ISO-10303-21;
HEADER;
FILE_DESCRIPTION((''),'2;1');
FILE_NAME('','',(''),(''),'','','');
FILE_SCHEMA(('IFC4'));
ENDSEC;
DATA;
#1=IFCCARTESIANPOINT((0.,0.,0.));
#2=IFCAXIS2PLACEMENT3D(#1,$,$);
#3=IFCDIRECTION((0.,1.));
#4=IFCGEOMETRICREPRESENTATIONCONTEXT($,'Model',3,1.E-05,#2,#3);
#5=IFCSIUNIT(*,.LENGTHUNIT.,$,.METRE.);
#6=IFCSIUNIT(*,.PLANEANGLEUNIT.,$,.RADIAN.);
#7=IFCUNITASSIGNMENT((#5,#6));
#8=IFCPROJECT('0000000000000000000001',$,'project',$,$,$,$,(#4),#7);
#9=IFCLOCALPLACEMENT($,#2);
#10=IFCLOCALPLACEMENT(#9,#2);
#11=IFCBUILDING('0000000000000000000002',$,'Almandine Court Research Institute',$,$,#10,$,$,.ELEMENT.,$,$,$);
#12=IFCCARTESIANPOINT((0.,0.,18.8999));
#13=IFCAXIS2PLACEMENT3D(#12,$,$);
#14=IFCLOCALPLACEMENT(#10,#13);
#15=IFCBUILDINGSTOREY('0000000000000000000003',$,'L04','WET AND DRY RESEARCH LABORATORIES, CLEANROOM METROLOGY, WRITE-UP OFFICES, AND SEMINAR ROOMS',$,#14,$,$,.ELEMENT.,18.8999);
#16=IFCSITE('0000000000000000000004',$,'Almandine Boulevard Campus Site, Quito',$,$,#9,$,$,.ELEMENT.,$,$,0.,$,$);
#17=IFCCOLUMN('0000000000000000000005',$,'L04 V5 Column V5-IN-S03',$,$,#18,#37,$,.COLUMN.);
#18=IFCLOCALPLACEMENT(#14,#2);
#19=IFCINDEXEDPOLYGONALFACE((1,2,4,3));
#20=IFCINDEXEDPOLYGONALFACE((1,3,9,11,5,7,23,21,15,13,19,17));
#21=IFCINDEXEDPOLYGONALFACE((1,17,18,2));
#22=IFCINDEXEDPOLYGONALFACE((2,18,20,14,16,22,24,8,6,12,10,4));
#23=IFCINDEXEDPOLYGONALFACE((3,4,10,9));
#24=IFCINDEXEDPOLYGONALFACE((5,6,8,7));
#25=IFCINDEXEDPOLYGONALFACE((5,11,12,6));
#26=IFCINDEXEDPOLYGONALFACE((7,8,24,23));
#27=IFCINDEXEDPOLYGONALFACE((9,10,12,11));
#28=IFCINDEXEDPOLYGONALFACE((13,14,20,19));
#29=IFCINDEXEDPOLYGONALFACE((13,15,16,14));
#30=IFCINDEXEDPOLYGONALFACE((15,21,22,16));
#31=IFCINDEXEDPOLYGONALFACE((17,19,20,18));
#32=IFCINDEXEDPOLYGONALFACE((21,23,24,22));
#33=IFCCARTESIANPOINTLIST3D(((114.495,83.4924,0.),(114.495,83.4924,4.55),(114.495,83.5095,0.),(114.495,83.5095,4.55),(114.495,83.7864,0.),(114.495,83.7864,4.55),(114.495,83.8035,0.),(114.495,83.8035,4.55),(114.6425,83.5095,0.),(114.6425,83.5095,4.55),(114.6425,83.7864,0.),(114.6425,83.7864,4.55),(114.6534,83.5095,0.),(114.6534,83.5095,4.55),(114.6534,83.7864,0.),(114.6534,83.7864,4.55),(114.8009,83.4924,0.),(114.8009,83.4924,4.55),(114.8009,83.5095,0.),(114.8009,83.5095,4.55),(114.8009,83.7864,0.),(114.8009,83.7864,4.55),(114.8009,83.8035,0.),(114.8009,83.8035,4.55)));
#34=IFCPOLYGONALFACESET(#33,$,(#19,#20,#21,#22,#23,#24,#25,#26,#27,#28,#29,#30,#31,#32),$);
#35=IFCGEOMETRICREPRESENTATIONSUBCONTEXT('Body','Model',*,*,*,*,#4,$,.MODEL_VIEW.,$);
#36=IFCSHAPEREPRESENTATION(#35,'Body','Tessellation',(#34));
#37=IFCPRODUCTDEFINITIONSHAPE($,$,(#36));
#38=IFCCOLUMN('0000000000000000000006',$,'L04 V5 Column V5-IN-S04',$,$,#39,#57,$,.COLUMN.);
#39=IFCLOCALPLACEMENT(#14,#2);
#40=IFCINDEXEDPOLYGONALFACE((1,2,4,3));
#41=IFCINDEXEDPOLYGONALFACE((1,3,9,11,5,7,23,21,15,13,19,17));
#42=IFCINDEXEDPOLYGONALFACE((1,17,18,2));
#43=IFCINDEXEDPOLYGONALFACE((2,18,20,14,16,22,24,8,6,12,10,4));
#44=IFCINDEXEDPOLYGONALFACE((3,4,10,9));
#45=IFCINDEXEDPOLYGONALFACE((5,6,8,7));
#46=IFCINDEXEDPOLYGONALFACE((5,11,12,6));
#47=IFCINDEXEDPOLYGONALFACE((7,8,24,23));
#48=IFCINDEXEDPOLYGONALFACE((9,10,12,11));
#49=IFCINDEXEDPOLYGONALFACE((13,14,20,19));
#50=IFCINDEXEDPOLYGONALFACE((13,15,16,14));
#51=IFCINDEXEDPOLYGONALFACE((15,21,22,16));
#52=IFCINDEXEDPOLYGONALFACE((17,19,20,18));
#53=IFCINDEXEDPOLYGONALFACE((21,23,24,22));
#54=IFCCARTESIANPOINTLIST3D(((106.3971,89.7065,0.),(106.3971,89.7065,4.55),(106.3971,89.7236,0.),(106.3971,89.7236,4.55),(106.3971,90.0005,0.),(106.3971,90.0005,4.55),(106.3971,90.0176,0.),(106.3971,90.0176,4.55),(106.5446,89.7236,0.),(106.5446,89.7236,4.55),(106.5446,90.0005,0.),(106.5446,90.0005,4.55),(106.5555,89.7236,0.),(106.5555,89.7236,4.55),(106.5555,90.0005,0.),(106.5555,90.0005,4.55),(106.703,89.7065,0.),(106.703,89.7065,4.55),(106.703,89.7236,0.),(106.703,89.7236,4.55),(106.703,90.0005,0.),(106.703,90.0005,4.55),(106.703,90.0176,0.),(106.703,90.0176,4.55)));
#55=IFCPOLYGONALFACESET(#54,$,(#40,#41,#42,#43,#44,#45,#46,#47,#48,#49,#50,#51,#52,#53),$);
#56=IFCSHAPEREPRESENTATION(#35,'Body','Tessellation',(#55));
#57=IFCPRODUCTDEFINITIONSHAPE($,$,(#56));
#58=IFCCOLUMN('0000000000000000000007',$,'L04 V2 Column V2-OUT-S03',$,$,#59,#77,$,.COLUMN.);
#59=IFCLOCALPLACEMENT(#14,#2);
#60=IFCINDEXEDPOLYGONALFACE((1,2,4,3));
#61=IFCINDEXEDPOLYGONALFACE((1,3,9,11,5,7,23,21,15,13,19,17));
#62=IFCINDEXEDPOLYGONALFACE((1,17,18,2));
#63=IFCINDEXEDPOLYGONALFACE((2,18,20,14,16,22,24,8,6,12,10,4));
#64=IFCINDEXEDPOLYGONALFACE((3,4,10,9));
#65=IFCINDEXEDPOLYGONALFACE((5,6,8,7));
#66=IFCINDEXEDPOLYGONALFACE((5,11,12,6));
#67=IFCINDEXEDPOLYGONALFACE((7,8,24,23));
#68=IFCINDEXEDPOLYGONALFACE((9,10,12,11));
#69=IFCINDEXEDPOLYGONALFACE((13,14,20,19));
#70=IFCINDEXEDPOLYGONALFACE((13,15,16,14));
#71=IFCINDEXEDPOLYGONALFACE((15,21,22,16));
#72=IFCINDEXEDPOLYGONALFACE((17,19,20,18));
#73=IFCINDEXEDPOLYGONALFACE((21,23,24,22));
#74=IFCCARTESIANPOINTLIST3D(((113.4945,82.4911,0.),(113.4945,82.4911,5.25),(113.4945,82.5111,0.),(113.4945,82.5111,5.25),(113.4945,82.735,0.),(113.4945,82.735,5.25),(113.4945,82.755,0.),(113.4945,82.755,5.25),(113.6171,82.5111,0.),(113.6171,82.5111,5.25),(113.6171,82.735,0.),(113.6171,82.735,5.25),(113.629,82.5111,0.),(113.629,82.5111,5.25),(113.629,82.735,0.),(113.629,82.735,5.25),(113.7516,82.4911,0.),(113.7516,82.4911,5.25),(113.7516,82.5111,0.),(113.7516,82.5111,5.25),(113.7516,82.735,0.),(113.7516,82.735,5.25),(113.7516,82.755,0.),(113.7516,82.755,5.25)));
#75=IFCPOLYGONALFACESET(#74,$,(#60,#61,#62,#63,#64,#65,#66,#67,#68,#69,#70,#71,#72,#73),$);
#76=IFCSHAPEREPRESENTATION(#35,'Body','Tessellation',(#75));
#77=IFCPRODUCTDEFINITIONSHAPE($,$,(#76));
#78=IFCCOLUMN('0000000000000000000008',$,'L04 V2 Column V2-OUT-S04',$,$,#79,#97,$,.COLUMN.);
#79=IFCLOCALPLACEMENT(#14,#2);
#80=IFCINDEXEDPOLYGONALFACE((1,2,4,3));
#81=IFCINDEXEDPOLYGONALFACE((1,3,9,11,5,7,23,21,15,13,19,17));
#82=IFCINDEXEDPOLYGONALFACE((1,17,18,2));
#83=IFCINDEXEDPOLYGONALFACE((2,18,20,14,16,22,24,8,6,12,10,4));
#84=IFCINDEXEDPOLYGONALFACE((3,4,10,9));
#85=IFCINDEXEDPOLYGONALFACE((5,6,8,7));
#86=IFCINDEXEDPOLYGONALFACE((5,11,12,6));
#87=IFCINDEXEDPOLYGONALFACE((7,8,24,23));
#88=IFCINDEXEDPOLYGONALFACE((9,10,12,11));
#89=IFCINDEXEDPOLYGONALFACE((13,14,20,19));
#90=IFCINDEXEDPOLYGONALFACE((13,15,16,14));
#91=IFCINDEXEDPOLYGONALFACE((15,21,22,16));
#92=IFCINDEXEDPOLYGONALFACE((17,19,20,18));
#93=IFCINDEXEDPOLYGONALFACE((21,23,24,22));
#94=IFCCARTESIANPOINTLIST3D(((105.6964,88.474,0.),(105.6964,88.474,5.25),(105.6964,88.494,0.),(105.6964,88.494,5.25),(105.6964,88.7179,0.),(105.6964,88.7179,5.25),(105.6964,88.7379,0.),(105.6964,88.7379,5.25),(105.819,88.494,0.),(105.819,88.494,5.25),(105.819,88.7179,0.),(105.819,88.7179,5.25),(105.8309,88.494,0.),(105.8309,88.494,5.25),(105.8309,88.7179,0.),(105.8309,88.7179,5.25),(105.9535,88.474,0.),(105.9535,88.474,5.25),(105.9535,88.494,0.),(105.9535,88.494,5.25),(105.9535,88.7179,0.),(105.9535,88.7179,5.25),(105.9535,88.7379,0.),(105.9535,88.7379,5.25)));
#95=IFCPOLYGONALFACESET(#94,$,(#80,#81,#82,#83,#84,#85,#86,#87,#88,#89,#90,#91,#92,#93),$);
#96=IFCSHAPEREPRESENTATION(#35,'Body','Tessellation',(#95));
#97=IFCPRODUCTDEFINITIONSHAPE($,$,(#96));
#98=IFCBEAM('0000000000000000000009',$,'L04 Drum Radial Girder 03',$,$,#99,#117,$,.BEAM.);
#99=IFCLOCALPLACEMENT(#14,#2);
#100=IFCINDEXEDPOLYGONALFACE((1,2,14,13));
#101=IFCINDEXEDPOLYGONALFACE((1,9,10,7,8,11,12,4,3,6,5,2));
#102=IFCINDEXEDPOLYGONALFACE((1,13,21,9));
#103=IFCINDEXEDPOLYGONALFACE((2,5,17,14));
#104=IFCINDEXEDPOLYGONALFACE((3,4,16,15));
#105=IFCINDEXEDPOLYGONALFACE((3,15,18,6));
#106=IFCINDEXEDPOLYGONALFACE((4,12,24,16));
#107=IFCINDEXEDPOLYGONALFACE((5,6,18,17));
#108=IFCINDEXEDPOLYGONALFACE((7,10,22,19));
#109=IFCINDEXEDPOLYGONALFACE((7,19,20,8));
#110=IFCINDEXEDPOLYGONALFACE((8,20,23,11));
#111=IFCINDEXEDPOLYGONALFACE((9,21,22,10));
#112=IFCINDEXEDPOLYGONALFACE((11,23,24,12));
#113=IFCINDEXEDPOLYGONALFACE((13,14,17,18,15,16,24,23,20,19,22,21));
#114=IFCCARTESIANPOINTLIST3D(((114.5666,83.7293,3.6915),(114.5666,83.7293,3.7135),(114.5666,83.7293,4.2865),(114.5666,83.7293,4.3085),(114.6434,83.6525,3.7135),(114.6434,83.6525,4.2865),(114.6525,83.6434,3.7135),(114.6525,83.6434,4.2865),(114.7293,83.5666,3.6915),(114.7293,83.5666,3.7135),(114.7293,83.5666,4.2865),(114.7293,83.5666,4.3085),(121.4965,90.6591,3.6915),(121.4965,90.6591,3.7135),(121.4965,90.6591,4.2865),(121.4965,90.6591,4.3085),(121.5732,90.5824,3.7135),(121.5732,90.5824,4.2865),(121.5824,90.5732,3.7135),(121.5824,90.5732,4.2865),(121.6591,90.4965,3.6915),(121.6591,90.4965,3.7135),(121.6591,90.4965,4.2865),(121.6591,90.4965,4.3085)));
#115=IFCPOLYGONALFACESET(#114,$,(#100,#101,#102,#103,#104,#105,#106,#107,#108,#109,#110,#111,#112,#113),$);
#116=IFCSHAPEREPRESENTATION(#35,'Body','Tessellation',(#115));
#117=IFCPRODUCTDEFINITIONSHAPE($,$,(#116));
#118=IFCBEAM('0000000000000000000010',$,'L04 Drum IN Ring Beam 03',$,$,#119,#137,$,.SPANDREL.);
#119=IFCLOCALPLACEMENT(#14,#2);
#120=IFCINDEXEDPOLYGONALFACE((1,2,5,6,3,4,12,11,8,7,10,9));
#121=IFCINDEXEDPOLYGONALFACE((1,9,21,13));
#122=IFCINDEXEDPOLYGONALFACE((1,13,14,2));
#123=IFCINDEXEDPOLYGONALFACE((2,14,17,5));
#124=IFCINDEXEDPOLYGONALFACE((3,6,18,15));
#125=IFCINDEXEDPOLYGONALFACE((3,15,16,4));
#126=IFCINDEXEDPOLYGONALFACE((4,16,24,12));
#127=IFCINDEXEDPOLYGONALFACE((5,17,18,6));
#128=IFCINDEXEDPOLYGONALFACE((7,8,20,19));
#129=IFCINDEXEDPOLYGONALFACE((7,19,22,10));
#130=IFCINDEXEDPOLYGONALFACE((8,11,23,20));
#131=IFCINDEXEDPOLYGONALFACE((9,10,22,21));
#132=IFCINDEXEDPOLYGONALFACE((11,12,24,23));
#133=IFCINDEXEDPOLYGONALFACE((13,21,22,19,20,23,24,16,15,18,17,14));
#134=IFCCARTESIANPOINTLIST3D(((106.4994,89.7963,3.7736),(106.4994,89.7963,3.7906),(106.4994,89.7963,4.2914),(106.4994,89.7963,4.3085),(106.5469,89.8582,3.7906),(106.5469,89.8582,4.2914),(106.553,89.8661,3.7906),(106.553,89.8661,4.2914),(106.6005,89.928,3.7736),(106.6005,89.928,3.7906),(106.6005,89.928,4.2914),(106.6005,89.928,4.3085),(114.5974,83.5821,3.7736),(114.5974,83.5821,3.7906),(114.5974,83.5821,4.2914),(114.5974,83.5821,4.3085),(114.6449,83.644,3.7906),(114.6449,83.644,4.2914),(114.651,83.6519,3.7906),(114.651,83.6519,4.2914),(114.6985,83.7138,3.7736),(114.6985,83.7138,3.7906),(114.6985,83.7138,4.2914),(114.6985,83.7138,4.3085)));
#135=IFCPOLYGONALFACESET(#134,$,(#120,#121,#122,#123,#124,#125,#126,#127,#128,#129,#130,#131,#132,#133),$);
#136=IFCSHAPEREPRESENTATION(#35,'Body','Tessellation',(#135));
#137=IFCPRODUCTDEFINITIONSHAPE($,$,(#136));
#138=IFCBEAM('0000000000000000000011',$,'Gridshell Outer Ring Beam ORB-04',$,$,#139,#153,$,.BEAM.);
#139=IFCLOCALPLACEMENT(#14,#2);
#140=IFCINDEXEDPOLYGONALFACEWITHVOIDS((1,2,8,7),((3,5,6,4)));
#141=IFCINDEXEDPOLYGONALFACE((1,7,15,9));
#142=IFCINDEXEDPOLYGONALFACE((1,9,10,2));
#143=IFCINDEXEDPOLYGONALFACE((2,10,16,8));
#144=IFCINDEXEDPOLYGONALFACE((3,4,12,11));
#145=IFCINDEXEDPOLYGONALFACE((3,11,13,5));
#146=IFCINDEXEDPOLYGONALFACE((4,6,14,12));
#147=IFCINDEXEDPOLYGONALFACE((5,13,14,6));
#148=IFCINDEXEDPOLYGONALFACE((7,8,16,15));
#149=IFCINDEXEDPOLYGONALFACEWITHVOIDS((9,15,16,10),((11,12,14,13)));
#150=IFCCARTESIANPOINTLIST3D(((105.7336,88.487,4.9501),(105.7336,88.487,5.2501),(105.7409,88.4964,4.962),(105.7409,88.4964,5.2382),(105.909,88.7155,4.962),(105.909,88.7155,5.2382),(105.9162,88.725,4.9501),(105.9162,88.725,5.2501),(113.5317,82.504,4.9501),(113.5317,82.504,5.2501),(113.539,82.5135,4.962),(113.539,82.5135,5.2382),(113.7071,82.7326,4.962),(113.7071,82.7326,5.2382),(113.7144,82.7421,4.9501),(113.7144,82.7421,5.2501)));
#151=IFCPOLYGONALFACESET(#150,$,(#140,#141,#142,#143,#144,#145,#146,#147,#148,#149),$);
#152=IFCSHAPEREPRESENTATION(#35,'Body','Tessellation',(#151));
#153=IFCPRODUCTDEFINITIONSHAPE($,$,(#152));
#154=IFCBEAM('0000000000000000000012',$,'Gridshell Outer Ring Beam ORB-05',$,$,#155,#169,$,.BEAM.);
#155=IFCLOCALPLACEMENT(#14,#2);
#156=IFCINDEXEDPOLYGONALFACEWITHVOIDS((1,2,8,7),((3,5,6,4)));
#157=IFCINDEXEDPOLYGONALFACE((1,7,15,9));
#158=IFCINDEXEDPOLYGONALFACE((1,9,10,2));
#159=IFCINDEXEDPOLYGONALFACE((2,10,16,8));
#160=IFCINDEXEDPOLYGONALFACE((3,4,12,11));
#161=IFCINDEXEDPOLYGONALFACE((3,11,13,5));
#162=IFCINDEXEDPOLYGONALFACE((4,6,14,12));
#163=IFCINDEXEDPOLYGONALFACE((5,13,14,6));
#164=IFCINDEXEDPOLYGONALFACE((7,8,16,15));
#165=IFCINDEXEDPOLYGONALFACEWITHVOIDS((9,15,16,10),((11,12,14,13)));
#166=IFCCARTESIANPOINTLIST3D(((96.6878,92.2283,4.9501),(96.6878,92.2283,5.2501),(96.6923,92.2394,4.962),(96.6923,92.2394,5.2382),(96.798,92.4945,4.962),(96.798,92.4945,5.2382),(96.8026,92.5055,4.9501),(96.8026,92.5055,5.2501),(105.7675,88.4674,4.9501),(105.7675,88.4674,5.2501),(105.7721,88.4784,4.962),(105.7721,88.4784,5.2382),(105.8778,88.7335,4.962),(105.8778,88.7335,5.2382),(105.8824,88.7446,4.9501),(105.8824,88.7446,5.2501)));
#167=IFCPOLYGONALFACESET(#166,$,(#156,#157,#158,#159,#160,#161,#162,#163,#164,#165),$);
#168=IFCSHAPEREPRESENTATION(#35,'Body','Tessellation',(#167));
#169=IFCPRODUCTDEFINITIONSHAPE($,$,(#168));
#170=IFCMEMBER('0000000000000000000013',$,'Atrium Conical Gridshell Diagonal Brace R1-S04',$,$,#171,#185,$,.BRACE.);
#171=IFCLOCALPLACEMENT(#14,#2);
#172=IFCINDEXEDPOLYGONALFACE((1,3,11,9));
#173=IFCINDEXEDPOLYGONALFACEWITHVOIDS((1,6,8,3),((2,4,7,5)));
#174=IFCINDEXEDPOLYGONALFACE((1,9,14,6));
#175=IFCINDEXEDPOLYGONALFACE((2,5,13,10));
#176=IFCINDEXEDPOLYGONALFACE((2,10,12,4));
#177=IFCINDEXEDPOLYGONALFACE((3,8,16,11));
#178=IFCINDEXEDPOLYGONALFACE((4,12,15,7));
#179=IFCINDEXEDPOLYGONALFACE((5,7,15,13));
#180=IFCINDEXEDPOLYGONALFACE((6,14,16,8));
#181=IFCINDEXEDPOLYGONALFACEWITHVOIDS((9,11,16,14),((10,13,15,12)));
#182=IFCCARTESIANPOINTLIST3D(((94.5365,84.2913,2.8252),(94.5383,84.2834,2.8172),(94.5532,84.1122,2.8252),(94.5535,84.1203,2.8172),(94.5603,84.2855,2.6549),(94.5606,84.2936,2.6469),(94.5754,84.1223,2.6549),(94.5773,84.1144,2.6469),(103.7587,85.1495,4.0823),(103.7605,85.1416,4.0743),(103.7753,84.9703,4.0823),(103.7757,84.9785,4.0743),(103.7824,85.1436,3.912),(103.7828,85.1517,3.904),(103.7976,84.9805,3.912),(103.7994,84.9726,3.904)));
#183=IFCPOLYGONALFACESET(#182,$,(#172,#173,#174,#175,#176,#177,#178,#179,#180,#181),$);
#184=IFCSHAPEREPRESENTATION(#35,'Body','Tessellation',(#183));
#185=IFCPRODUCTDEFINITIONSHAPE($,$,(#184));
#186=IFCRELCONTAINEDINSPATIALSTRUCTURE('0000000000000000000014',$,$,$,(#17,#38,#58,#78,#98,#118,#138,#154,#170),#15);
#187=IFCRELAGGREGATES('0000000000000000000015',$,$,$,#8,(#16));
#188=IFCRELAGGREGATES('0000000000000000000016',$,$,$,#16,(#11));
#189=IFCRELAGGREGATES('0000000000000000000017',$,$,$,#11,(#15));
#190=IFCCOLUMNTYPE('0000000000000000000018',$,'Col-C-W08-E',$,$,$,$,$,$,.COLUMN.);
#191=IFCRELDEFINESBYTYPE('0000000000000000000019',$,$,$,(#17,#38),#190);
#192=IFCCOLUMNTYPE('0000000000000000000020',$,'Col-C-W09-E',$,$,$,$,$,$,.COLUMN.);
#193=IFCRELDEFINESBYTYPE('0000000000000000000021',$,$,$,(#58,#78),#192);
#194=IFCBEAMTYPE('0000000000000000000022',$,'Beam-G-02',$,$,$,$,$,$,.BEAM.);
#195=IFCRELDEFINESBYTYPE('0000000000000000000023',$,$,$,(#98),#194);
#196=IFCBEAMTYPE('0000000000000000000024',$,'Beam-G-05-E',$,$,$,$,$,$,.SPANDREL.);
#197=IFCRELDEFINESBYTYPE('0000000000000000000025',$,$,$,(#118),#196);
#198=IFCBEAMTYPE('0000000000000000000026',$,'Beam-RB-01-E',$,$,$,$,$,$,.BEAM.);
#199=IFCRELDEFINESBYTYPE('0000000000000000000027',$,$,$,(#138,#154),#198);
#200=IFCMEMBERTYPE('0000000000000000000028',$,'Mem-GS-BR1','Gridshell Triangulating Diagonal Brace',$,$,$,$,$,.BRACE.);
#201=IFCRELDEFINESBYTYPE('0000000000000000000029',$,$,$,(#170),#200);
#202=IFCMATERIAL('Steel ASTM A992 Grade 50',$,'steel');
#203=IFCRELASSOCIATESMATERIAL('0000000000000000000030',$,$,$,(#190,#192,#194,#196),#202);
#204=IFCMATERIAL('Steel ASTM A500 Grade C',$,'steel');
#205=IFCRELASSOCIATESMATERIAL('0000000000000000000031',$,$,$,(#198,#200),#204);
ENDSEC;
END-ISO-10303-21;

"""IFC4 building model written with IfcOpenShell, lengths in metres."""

from ifc_helpers import new_model, si_unit, direction, frame, origin, origin_2d, place, context, subcontext, project, spatial, hollow_rectangle, i_section, extrude, material, material_profile, profile_set, type_object, element, save


model = new_model("IFC4")

# Units and contexts
model_context = context("Model", 3, precision=1e-05, world=origin(), true_north=direction((0.0, 1.0)))
body_context = subcontext(model_context, "Body", "Model", "MODEL_VIEW")
ifc_project = project(units=[si_unit("LENGTHUNIT", "METRE"), si_unit("PLANEANGLEUNIT", "RADIAN")], contexts=[model_context])

# Site, building, storey
site_placement = place(None, origin())
site = spatial("IfcSite", under=ifc_project, at=site_placement, Name="Almandine Boulevard Campus Site, Quito", CompositionType="ELEMENT", RefElevation=0.0)
building_placement = place(site_placement, origin())
building = spatial("IfcBuilding", under=site, at=building_placement, Name="Almandine Court Research Institute", CompositionType="ELEMENT")
storey_placement = place(building_placement, frame((0.0, 0.0, 18.8999)))
storey = spatial("IfcBuildingStorey", under=building, at=storey_placement, Name="L04", Description="WET AND DRY RESEARCH LABORATORIES, CLEANROOM METROLOGY, WRITE-UP OFFICES, AND SEMINAR ROOMS", CompositionType="ELEMENT", Elevation=18.8999)

# Columns
ifc_material_1 = material(Name="Steel ASTM A992 Grade 50", Category="steel")
ifc_material_profile_1 = material_profile(ifc_material_1, i_section(OverallWidth=0.3059, OverallDepth=0.311, WebThickness=0.011, FlangeThickness=0.0171, at=origin_2d()), Name="W310x107")
ifc_profile_set_1 = profile_set([ifc_material_profile_1], Name="Steel ASTM A992 Grade 50")
column_type_1 = type_object("IfcColumnType", Name="Col-C-W08-E", PredefinedType="COLUMN", material=ifc_profile_set_1)
for number, where, z_axis, x_axis, name in (
    (1, (114.6479, 83.6479, 0.0), (0.0, 0.0, 1.0), (1.0, 0.0, 0.0), "L04 V5 Column V5-IN-S03"),
    (2, (106.55, 89.8621, 0.0), (0.0, 0.0, 1.0), (1.0, 0.0, 0.0), "L04 V5 Column V5-IN-S04"),
):
    element("IfcColumn", number, at=place(storey_placement, frame(where, z_axis=z_axis, x_axis=x_axis)), inside=storey, type_object=column_type_1, Name=name, PredefinedType="COLUMN", context=body_context, shape_type="SweptSolid", body=[
        extrude(i_section(OverallWidth=0.3059, OverallDepth=0.311, WebThickness=0.011, FlangeThickness=0.0171, at=origin_2d()), origin(), (0.0, 0.0, 1.0), 4.55),
    ])
ifc_material_profile_2 = material_profile(ifc_material_1, i_section(OverallWidth=0.2571, OverallDepth=0.2639, WebThickness=0.012, FlangeThickness=0.02, at=origin_2d()), Name="W250x101")
ifc_profile_set_2 = profile_set([ifc_material_profile_2], Name="Steel ASTM A992 Grade 50")
column_type_2 = type_object("IfcColumnType", Name="Col-C-W09-E", PredefinedType="COLUMN", material=ifc_profile_set_2)
for number, where, z_axis, x_axis, name in (
    (3, (113.623, 82.623, 0.0), (0.0, 0.0, 1.0), (1.0, 0.0, 0.0), "L04 V2 Column V2-OUT-S03"),
    (4, (105.825, 88.606, 0.0), (0.0, 0.0, 1.0), (1.0, 0.0, 0.0), "L04 V2 Column V2-OUT-S04"),
):
    element("IfcColumn", number, at=place(storey_placement, frame(where, z_axis=z_axis, x_axis=x_axis)), inside=storey, type_object=column_type_2, Name=name, PredefinedType="COLUMN", context=body_context, shape_type="SweptSolid", body=[
        extrude(i_section(OverallWidth=0.2571, OverallDepth=0.2639, WebThickness=0.012, FlangeThickness=0.02, at=origin_2d()), origin(), (0.0, 0.0, 1.0), 5.25),
    ])

# Beams
ifc_material_profile_3 = material_profile(ifc_material_1, i_section(OverallWidth=0.23, OverallDepth=0.6169, WebThickness=0.0129, FlangeThickness=0.022, at=origin_2d()), Name="W610x140")
ifc_profile_set_3 = profile_set([ifc_material_profile_3], Name="Steel ASTM A992 Grade 50")
beam_type_1 = type_object("IfcBeamType", Name="Beam-G-02", PredefinedType="BEAM", material=ifc_profile_set_3)
beam_1_placement = place(storey_placement, frame((114.6479, 83.6479, 4.0), z_axis=(0.707107, 0.707107, 0.0), x_axis=(-0.707107, 0.707107, 0.0)))
element("IfcBeam", 5, at=beam_1_placement, inside=storey, type_object=beam_type_1, Name="L04 Drum Radial Girder 03", PredefinedType="BEAM", context=body_context, shape_type="SweptSolid", body=[
    extrude(i_section(OverallWidth=0.23, OverallDepth=0.6169, WebThickness=0.0129, FlangeThickness=0.022, at=origin_2d()), origin(), (0.0, 0.0, 1.0), 9.8003),
])
ifc_material_profile_4 = material_profile(ifc_material_1, i_section(OverallWidth=0.166, OverallDepth=0.5349, WebThickness=0.01, FlangeThickness=0.0171, at=origin_2d()), Name="W530x85")
ifc_profile_set_4 = profile_set([ifc_material_profile_4], Name="Steel ASTM A992 Grade 50")
beam_type_2 = type_object("IfcBeamType", Name="Beam-G-05-E", PredefinedType="SPANDREL", material=ifc_profile_set_4)
beam_2_placement = place(storey_placement, frame((114.6479, 83.6479, 4.041), z_axis=(-0.793336, 0.608784, 0.0), x_axis=(-0.608784, -0.793336, 0.0)))
element("IfcBeam", 6, at=beam_2_placement, inside=storey, type_object=beam_type_2, Name="L04 Drum IN Ring Beam 03", PredefinedType="SPANDREL", context=body_context, shape_type="SweptSolid", body=[
    extrude(i_section(OverallWidth=0.166, OverallDepth=0.5349, WebThickness=0.01, FlangeThickness=0.0171, at=origin_2d()), origin(), (0.0, 0.0, 1.0), 10.2075),
])
ifc_material_2 = material(Name="Steel ASTM A500 Grade C", Category="steel")
ifc_material_profile_5 = material_profile(ifc_material_2, hollow_rectangle(XDim=0.3, YDim=0.3, WallThickness=0.012, at=origin_2d()), Name="HSS 300x300x12")
ifc_profile_set_5 = profile_set([ifc_material_profile_5], Name="Steel ASTM A500 Grade C")
beam_type_3 = type_object("IfcBeamType", Name="Beam-RB-01-E", PredefinedType="BEAM", material=ifc_profile_set_5)
beam_3_placement = place(storey_placement, frame((113.623, 82.623, 5.1001), z_axis=(-0.793392, 0.608712, 0.0), x_axis=(-0.608712, -0.793392, 0.0)))
element("IfcBeam", 7, at=beam_3_placement, inside=storey, type_object=beam_type_3, Name="Gridshell Outer Ring Beam ORB-04", PredefinedType="BEAM", context=body_context, shape_type="SweptSolid", body=[
    extrude(hollow_rectangle(XDim=0.3, YDim=0.3, WallThickness=0.012, at=origin_2d()), origin(), (0.0, 0.0, 1.0), 9.8289),
])
beam_4_placement = place(storey_placement, frame((105.825, 88.606, 5.1001), z_axis=(-0.92388, 0.382683, 0.0), x_axis=(-0.382683, -0.92388, 0.0)))
element("IfcBeam", 8, at=beam_4_placement, inside=storey, type_object=beam_type_3, Name="Gridshell Outer Ring Beam ORB-05", PredefinedType="BEAM", context=body_context, shape_type="SweptSolid", body=[
    extrude(hollow_rectangle(XDim=0.3, YDim=0.3, WallThickness=0.012, at=origin_2d()), origin(), (0.0, 0.0, 1.0), 9.8279),
])

# Member
ifc_material_profile_6 = material_profile(ifc_material_2, hollow_rectangle(XDim=0.1799, YDim=0.1799, WallThickness=0.0081, at=origin_2d()), Name="HSS 180x180x8")
ifc_profile_set_6 = profile_set([ifc_material_profile_6], Name="Steel ASTM A500 Grade C")
member_type_1 = type_object("IfcMemberType", Name="Mem-GS-BR1", Description="Gridshell Triangulating Diagonal Brace", PredefinedType="BRACE", material=ifc_profile_set_6)
member_1_placement = place(storey_placement, frame((103.7791, 85.061, 3.9932), z_axis=(-0.986652, -0.091811, -0.134491), x_axis=(0.092653, -0.995698, 0.0)))
element("IfcMember", 9, at=member_1_placement, inside=storey, type_object=member_type_1, Name="Atrium Conical Gridshell Diagonal Brace R1-S04", PredefinedType="BRACE", context=body_context, shape_type="SweptSolid", body=[
    extrude(hollow_rectangle(XDim=0.1799, YDim=0.1799, WallThickness=0.0081, at=origin_2d()), origin(), (0.0, 0.0, 1.0), 9.3469),
])

save(model, "model.ifc")
